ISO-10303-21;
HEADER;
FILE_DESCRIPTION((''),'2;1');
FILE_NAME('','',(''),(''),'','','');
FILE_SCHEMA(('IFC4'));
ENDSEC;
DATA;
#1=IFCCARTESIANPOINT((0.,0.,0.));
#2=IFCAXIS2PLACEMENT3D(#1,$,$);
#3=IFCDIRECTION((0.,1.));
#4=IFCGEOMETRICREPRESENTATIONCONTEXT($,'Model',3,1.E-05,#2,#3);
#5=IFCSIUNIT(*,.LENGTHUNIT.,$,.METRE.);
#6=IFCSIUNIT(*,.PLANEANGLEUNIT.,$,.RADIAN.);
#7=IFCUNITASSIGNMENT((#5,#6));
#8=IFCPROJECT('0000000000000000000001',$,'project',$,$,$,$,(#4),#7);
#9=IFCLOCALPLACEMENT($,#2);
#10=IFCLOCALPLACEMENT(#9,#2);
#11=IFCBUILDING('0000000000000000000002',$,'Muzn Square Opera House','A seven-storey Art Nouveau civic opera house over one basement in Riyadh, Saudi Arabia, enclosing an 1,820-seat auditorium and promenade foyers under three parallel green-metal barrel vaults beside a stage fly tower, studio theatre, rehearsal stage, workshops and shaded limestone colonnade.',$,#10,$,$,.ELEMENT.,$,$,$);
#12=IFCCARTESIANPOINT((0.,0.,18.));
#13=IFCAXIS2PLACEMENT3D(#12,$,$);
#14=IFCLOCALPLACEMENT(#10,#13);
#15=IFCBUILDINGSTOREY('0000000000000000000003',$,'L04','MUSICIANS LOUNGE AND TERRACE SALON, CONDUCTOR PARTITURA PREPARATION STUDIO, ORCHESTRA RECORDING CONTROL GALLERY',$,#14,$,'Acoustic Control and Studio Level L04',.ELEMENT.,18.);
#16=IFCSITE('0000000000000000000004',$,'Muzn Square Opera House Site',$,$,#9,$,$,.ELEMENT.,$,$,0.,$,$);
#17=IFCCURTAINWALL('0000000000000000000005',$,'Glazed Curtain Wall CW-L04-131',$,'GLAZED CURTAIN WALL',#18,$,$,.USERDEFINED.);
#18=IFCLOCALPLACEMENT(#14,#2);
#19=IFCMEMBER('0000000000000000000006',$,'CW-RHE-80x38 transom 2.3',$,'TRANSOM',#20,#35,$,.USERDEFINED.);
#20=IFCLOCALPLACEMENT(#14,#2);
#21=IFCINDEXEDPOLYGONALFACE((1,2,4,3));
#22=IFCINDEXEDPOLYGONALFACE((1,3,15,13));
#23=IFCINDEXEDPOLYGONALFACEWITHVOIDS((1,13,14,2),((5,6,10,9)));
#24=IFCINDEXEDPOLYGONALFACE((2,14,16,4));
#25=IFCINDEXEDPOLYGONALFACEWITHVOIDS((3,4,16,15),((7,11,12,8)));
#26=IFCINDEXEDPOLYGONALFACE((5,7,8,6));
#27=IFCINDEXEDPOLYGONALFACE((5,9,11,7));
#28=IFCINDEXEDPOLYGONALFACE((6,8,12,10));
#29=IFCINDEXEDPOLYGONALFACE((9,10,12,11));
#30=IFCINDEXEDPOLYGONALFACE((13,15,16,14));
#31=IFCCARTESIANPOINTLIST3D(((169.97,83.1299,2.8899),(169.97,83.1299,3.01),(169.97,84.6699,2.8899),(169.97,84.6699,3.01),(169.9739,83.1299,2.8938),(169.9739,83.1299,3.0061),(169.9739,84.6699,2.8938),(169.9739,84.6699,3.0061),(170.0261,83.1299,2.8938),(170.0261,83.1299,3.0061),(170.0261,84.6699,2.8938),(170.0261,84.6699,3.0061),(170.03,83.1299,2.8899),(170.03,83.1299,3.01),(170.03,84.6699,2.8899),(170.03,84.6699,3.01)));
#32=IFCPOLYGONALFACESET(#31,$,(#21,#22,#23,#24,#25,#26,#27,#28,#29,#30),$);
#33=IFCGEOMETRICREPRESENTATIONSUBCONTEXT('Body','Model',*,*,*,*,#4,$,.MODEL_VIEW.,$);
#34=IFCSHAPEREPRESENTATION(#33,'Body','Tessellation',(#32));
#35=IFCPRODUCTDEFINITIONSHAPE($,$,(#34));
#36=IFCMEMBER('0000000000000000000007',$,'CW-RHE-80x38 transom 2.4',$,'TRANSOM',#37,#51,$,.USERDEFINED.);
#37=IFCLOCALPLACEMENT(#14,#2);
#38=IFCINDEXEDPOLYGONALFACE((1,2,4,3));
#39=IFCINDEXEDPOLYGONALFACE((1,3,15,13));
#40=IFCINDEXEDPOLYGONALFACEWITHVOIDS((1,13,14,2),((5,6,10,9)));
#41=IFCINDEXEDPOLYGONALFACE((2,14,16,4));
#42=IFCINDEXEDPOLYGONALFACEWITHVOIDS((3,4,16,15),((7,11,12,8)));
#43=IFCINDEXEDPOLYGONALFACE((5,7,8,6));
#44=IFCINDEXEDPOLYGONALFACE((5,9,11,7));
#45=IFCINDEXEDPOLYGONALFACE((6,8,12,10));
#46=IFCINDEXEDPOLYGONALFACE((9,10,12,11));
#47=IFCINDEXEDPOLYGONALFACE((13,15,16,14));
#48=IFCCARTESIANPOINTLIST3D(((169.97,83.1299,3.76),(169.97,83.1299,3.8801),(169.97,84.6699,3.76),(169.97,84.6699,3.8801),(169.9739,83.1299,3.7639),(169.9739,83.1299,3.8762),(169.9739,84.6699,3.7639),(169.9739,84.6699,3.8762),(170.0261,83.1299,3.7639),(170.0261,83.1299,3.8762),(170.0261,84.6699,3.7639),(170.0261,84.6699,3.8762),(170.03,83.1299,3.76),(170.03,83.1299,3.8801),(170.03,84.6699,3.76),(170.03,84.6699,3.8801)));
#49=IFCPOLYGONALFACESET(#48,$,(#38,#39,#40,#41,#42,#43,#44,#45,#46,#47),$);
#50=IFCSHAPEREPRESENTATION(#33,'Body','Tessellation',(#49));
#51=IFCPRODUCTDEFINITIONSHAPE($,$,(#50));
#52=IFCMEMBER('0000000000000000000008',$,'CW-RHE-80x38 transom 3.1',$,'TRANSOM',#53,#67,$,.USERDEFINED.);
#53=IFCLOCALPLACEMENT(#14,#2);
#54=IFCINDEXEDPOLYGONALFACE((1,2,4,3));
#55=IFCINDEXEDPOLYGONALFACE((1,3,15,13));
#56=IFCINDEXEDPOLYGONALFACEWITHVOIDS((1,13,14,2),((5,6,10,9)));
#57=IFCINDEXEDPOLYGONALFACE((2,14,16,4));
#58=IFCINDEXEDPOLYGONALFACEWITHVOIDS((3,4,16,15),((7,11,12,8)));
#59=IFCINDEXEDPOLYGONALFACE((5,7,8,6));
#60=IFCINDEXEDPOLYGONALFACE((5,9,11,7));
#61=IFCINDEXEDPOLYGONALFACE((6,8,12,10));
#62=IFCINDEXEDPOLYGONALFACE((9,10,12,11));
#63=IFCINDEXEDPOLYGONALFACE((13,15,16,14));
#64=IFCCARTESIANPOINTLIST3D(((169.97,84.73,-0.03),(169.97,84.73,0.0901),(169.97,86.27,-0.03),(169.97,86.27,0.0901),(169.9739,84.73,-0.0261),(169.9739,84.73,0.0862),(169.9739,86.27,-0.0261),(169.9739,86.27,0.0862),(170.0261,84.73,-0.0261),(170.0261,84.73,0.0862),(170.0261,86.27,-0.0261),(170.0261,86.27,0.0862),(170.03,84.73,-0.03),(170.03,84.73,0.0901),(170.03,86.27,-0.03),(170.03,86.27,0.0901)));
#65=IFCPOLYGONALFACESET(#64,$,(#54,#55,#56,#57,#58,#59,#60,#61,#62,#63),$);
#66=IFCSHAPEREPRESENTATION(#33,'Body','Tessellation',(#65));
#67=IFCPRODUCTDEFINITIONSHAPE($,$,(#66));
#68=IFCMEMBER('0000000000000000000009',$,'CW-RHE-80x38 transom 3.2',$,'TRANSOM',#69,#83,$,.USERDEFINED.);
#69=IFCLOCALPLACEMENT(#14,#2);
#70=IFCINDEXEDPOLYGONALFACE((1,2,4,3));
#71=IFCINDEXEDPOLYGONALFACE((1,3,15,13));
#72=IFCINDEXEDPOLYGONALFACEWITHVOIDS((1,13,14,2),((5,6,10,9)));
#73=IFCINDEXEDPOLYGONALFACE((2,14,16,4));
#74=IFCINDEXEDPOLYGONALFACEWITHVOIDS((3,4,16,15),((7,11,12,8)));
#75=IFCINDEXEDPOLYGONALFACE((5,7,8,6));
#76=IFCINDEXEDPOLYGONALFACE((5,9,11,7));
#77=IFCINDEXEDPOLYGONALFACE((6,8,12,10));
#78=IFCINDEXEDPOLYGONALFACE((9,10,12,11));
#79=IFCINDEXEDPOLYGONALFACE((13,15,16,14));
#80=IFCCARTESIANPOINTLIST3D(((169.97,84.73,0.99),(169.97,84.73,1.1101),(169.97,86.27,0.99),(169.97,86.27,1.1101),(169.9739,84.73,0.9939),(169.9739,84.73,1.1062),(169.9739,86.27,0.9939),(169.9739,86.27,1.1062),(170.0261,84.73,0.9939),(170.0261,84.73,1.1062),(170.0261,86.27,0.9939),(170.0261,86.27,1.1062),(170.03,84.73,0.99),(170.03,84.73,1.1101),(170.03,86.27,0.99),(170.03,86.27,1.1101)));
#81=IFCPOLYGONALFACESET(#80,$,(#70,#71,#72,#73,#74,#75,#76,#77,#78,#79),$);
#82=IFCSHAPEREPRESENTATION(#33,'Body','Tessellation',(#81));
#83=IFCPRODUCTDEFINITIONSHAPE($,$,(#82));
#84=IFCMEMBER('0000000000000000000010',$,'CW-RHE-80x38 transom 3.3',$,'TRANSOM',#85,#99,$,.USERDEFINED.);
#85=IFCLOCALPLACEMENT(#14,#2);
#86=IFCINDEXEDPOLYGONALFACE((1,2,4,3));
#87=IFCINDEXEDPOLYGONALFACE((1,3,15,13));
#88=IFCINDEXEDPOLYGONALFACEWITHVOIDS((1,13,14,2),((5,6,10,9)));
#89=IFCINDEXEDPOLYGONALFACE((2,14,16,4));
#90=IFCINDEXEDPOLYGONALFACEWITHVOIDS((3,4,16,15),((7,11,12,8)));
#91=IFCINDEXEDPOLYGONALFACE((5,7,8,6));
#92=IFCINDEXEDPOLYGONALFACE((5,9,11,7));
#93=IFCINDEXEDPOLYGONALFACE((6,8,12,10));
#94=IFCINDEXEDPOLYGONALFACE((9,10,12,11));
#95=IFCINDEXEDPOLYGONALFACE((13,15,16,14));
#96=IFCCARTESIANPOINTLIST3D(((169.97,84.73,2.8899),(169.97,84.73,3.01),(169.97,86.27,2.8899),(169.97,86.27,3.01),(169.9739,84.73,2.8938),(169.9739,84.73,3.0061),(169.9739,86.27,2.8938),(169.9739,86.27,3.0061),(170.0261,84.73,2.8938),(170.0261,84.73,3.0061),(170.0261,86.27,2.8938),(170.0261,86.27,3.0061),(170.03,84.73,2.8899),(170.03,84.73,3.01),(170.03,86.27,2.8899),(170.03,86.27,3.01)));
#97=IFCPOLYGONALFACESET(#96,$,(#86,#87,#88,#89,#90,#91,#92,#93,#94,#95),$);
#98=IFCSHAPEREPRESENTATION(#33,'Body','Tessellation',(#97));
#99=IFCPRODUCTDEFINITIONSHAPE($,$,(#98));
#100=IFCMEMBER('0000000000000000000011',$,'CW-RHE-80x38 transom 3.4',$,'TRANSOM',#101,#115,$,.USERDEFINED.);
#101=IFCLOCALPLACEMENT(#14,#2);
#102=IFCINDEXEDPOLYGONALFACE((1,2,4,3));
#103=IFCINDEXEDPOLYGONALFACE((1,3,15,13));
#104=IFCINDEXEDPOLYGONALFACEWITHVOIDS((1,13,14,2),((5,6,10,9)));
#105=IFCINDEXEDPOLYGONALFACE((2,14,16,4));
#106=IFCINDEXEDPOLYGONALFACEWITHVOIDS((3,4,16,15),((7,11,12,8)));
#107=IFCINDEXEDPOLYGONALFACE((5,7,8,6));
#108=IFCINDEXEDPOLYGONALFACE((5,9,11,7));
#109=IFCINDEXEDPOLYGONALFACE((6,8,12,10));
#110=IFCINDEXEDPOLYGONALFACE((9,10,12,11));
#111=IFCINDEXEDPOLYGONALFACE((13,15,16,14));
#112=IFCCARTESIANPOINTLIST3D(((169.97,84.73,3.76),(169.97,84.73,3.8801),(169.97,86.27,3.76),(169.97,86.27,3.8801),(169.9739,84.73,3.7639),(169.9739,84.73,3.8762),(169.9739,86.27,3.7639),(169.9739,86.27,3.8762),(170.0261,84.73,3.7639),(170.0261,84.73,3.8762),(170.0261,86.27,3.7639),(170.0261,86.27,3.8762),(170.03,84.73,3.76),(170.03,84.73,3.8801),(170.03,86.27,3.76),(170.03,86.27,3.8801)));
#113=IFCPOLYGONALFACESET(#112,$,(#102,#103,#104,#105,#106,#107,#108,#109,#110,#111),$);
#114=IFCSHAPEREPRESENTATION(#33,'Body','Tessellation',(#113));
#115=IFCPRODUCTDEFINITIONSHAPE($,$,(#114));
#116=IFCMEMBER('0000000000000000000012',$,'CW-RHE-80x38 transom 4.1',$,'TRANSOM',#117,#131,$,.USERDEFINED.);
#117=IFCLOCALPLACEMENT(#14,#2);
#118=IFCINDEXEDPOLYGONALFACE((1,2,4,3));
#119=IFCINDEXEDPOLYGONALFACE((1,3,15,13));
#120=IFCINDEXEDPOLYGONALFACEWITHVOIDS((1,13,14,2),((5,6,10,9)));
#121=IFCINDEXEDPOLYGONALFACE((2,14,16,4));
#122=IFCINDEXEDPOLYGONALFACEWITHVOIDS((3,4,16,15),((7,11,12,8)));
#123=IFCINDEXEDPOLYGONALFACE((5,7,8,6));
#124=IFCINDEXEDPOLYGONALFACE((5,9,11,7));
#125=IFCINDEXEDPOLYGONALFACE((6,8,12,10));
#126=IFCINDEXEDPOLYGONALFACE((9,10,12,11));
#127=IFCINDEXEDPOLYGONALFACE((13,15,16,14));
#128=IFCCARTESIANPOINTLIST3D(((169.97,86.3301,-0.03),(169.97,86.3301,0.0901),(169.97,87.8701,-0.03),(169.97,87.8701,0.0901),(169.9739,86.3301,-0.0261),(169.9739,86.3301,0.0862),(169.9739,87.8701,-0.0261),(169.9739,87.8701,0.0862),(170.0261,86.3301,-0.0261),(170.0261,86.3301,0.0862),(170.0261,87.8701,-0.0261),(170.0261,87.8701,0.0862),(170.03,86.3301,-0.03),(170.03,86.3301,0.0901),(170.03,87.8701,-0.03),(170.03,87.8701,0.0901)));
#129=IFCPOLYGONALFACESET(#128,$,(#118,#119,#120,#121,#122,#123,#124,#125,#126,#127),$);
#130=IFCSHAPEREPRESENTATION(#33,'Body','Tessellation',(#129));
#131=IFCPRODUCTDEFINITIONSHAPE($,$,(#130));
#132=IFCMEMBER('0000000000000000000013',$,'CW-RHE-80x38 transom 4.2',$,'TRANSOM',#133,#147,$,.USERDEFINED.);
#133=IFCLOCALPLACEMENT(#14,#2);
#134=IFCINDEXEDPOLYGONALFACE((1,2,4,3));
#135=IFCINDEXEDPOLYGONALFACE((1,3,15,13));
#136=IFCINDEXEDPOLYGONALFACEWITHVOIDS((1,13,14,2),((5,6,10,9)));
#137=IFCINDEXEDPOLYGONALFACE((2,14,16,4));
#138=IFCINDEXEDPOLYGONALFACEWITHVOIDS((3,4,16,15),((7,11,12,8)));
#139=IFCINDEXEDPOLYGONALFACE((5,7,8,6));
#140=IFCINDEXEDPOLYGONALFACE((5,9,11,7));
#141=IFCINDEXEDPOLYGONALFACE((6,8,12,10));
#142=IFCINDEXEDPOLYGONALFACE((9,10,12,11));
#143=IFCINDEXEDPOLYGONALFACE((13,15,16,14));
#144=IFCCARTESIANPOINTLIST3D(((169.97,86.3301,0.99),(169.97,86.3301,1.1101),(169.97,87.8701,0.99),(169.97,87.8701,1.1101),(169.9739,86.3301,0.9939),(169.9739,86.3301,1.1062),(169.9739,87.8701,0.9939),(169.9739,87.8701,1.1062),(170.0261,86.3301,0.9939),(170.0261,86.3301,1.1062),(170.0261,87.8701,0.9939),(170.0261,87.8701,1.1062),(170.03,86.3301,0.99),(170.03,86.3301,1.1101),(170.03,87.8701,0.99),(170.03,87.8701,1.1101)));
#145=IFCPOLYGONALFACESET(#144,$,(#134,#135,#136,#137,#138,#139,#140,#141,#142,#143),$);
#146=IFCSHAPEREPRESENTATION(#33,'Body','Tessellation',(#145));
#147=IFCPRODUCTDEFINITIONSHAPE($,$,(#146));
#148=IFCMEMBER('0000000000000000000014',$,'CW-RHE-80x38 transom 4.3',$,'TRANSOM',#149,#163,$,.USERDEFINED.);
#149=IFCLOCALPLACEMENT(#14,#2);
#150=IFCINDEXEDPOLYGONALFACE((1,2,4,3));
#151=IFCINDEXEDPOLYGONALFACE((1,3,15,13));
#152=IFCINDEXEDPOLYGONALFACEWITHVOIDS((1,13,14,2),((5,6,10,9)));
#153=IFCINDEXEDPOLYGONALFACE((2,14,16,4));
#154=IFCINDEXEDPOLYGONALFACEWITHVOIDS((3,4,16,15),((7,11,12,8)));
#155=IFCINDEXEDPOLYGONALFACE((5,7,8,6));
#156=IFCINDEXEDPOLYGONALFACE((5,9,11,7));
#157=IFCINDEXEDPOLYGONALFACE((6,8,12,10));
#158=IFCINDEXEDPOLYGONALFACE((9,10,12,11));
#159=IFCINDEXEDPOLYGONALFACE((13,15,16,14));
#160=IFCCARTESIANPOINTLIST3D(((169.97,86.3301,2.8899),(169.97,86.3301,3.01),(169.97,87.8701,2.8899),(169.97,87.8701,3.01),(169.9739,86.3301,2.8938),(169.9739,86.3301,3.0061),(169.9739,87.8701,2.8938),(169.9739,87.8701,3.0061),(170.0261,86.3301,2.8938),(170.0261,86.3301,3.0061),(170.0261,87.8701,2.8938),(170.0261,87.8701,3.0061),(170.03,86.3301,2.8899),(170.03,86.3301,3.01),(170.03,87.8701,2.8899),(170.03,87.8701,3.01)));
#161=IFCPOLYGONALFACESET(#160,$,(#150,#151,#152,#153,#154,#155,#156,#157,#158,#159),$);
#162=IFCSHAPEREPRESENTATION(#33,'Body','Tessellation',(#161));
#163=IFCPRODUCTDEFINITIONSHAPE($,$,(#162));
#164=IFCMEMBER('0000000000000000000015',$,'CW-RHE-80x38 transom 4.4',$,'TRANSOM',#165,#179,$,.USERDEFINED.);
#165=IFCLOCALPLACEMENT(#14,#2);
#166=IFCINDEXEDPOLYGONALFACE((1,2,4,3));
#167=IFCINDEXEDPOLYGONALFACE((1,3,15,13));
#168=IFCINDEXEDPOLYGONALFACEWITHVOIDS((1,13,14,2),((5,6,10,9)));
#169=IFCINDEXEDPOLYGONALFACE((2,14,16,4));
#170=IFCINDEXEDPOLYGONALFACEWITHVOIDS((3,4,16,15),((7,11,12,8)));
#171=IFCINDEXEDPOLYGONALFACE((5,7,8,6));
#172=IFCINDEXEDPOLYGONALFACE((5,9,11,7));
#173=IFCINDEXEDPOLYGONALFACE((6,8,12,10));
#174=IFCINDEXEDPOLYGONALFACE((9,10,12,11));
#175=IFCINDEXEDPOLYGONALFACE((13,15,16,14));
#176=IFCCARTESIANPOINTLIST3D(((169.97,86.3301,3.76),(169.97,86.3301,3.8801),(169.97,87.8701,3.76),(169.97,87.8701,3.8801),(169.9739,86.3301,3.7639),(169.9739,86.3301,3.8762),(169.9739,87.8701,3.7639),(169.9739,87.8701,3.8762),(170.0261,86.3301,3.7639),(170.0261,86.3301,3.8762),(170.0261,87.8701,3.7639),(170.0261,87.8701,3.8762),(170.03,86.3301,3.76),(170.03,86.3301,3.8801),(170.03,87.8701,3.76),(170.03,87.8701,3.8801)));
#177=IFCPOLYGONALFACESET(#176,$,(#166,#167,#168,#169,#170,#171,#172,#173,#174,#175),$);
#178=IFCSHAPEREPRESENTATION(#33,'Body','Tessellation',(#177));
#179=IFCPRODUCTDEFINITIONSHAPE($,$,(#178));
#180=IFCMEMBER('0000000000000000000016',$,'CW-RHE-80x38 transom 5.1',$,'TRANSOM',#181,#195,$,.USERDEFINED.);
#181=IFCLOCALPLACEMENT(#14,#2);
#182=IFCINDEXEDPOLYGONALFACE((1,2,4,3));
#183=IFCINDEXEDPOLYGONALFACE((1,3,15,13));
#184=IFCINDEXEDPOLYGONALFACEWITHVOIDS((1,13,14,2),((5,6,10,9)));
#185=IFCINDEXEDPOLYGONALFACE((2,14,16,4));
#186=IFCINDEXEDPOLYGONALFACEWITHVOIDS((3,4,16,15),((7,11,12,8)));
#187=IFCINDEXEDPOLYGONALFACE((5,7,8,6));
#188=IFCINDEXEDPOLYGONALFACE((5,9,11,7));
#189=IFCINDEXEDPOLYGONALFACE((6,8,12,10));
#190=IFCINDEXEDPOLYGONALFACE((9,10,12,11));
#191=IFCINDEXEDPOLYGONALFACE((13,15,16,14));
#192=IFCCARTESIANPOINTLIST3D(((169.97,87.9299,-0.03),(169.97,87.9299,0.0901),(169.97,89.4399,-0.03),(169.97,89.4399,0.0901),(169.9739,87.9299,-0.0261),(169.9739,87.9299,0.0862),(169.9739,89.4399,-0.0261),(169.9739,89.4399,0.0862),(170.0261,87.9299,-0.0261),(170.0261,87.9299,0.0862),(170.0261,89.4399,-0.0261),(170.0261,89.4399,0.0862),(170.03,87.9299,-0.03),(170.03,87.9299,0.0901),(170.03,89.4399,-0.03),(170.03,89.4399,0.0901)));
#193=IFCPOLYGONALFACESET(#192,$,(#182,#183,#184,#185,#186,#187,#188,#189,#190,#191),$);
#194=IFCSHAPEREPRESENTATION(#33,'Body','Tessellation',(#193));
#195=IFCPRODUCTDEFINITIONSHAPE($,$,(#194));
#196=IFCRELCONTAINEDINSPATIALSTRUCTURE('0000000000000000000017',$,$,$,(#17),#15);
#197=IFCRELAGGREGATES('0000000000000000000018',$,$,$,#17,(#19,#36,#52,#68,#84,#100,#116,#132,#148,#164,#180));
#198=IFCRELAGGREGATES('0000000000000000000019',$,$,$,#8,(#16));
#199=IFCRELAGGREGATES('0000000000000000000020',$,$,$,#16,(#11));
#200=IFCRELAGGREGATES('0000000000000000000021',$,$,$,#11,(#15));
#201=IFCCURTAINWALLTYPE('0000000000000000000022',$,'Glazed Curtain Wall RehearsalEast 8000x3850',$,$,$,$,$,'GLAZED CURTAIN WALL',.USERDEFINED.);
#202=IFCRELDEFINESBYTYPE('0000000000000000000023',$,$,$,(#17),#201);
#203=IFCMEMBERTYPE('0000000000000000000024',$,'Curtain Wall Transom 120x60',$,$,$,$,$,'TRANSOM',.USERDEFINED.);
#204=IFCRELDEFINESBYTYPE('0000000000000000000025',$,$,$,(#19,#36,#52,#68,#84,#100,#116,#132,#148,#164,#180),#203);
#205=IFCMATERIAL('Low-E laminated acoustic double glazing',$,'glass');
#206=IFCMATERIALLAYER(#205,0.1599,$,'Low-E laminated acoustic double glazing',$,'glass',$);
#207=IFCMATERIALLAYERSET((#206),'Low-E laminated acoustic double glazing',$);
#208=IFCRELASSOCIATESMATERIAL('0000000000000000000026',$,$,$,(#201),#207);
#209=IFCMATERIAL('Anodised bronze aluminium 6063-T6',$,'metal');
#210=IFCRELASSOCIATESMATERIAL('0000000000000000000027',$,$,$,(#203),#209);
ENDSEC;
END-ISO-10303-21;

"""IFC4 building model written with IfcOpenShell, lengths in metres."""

from ifc_helpers import new_model, si_unit, direction, frame, origin, origin_2d, place, context, subcontext, project, spatial, hollow_rectangle, extrude, material, layer, layer_set, material_profile, profile_set, type_object, element, aggregate, save


model = new_model("IFC4")

# Units and contexts
model_context = context("Model", 3, precision=1e-05, world=origin(), true_north=direction((0.0, 1.0)))
body_context = subcontext(model_context, "Body", "Model", "MODEL_VIEW")
ifc_project = project(units=[si_unit("LENGTHUNIT", "METRE"), si_unit("PLANEANGLEUNIT", "RADIAN")], contexts=[model_context])

# Site, building, storey
site_placement = place(None, origin())
site = spatial("IfcSite", under=ifc_project, at=site_placement, Name="Muzn Square Opera House Site", CompositionType="ELEMENT", RefElevation=0.0)
building_placement = place(site_placement, origin())
building = spatial("IfcBuilding", under=site, at=building_placement, Name="Muzn Square Opera House", Description="A seven-storey Art Nouveau civic opera house over one basement in Riyadh, Saudi Arabia, enclosing an 1,820-seat auditorium and promenade foyers under three parallel green-metal barrel vaults beside a stage fly tower, studio theatre, rehearsal stage, workshops and shaded limestone colonnade.", CompositionType="ELEMENT")
storey_placement = place(building_placement, frame((0.0, 0.0, 18.0)))
storey = spatial("IfcBuildingStorey", under=building, at=storey_placement, Name="L04", Description="MUSICIANS LOUNGE AND TERRACE SALON, CONDUCTOR PARTITURA PREPARATION STUDIO, ORCHESTRA RECORDING CONTROL GALLERY", LongName="Acoustic Control and Studio Level L04", CompositionType="ELEMENT", Elevation=18.0)

# Curtain wall, members
ifc_material_1 = material(Name="Low-E laminated acoustic double glazing", Category="glass")
ifc_layer_1 = layer(ifc_material_1, 0.1599, Name="Low-E laminated acoustic double glazing", Category="glass")
ifc_layer_set_1 = layer_set([ifc_layer_1], Name="Low-E laminated acoustic double glazing")
curtain_wall_type = type_object("IfcCurtainWallType", Name="Glazed Curtain Wall RehearsalEast 8000x3850", ElementType="GLAZED CURTAIN WALL", PredefinedType="USERDEFINED", material=ifc_layer_set_1)
curtain_wall_placement = place(storey_placement, origin())
curtain_wall = element("IfcCurtainWall", 1, at=curtain_wall_placement, inside=storey, type_object=curtain_wall_type, Name="Glazed Curtain Wall CW-L04-131", ObjectType="GLAZED CURTAIN WALL", PredefinedType="USERDEFINED")
ifc_material_2 = material(Name="Anodised bronze aluminium 6063-T6", Category="metal")
ifc_material_profile_1 = material_profile(ifc_material_2, hollow_rectangle(XDim=0.0601, YDim=0.1201, WallThickness=0.0039, at=origin_2d()), Name="ALU 120x60x4", Category="metal")
ifc_profile_set_1 = profile_set([ifc_material_profile_1], Name="Anodised bronze aluminium 6063-T6")
member_type_1 = type_object("IfcMemberType", Name="Curtain Wall Transom 120x60", ElementType="TRANSOM", PredefinedType="USERDEFINED", material=ifc_profile_set_1)
member_1_placement = place(storey_placement, frame((170.0, 83.1299, 2.95), z_axis=(0.0, 1.0, 0.0), x_axis=(-1.0, 0.0, 0.0)))
member_1 = element("IfcMember", 2, at=member_1_placement, type_object=member_type_1, Name="CW-RHE-80x38 transom 2.3", ObjectType="TRANSOM", PredefinedType="USERDEFINED", context=body_context, shape_type="SweptSolid", body=[
    extrude(hollow_rectangle(XDim=0.0601, YDim=0.1201, WallThickness=0.0039, at=origin_2d()), origin(), (0.0, 0.0, 1.0), 1.54),
])
member_2_placement = place(storey_placement, frame((170.0, 83.1299, 3.8201), z_axis=(0.0, 1.0, 0.0), x_axis=(-1.0, 0.0, 0.0)))
member_2 = element("IfcMember", 3, at=member_2_placement, type_object=member_type_1, Name="CW-RHE-80x38 transom 2.4", ObjectType="TRANSOM", PredefinedType="USERDEFINED", context=body_context, shape_type="SweptSolid", body=[
    extrude(hollow_rectangle(XDim=0.0601, YDim=0.1201, WallThickness=0.0039, at=origin_2d()), origin(), (0.0, 0.0, 1.0), 1.54),
])
member_3_placement = place(storey_placement, frame((170.0, 84.73, 0.03), z_axis=(0.0, 1.0, 0.0), x_axis=(-1.0, 0.0, 0.0)))
member_3 = element("IfcMember", 4, at=member_3_placement, type_object=member_type_1, Name="CW-RHE-80x38 transom 3.1", ObjectType="TRANSOM", PredefinedType="USERDEFINED", context=body_context, shape_type="SweptSolid", body=[
    extrude(hollow_rectangle(XDim=0.0601, YDim=0.1201, WallThickness=0.0039, at=origin_2d()), origin(), (0.0, 0.0, 1.0), 1.54),
])
member_4_placement = place(storey_placement, frame((170.0, 84.73, 1.05), z_axis=(0.0, 1.0, 0.0), x_axis=(-1.0, 0.0, 0.0)))
member_4 = element("IfcMember", 5, at=member_4_placement, type_object=member_type_1, Name="CW-RHE-80x38 transom 3.2", ObjectType="TRANSOM", PredefinedType="USERDEFINED", context=body_context, shape_type="SweptSolid", body=[
    extrude(hollow_rectangle(XDim=0.0601, YDim=0.1201, WallThickness=0.0039, at=origin_2d()), origin(), (0.0, 0.0, 1.0), 1.54),
])
member_5_placement = place(storey_placement, frame((170.0, 84.73, 2.95), z_axis=(0.0, 1.0, 0.0), x_axis=(-1.0, 0.0, 0.0)))
member_5 = element("IfcMember", 6, at=member_5_placement, type_object=member_type_1, Name="CW-RHE-80x38 transom 3.3", ObjectType="TRANSOM", PredefinedType="USERDEFINED", context=body_context, shape_type="SweptSolid", body=[
    extrude(hollow_rectangle(XDim=0.0601, YDim=0.1201, WallThickness=0.0039, at=origin_2d()), origin(), (0.0, 0.0, 1.0), 1.54),
])
member_6_placement = place(storey_placement, frame((170.0, 84.73, 3.8201), z_axis=(0.0, 1.0, 0.0), x_axis=(-1.0, 0.0, 0.0)))
member_6 = element("IfcMember", 7, at=member_6_placement, type_object=member_type_1, Name="CW-RHE-80x38 transom 3.4", ObjectType="TRANSOM", PredefinedType="USERDEFINED", context=body_context, shape_type="SweptSolid", body=[
    extrude(hollow_rectangle(XDim=0.0601, YDim=0.1201, WallThickness=0.0039, at=origin_2d()), origin(), (0.0, 0.0, 1.0), 1.54),
])
member_7_placement = place(storey_placement, frame((170.0, 86.3301, 0.03), z_axis=(0.0, 1.0, 0.0), x_axis=(-1.0, 0.0, 0.0)))
member_7 = element("IfcMember", 8, at=member_7_placement, type_object=member_type_1, Name="CW-RHE-80x38 transom 4.1", ObjectType="TRANSOM", PredefinedType="USERDEFINED", context=body_context, shape_type="SweptSolid", body=[
    extrude(hollow_rectangle(XDim=0.0601, YDim=0.1201, WallThickness=0.0039, at=origin_2d()), origin(), (0.0, 0.0, 1.0), 1.54),
])
member_8_placement = place(storey_placement, frame((170.0, 86.3301, 1.05), z_axis=(0.0, 1.0, 0.0), x_axis=(-1.0, 0.0, 0.0)))
member_8 = element("IfcMember", 9, at=member_8_placement, type_object=member_type_1, Name="CW-RHE-80x38 transom 4.2", ObjectType="TRANSOM", PredefinedType="USERDEFINED", context=body_context, shape_type="SweptSolid", body=[
    extrude(hollow_rectangle(XDim=0.0601, YDim=0.1201, WallThickness=0.0039, at=origin_2d()), origin(), (0.0, 0.0, 1.0), 1.54),
])
member_9_placement = place(storey_placement, frame((170.0, 86.3301, 2.95), z_axis=(0.0, 1.0, 0.0), x_axis=(-1.0, 0.0, 0.0)))
member_9 = element("IfcMember", 10, at=member_9_placement, type_object=member_type_1, Name="CW-RHE-80x38 transom 4.3", ObjectType="TRANSOM", PredefinedType="USERDEFINED", context=body_context, shape_type="SweptSolid", body=[
    extrude(hollow_rectangle(XDim=0.0601, YDim=0.1201, WallThickness=0.0039, at=origin_2d()), origin(), (0.0, 0.0, 1.0), 1.54),
])
member_10_placement = place(storey_placement, frame((170.0, 86.3301, 3.8201), z_axis=(0.0, 1.0, 0.0), x_axis=(-1.0, 0.0, 0.0)))
member_10 = element("IfcMember", 11, at=member_10_placement, type_object=member_type_1, Name="CW-RHE-80x38 transom 4.4", ObjectType="TRANSOM", PredefinedType="USERDEFINED", context=body_context, shape_type="SweptSolid", body=[
    extrude(hollow_rectangle(XDim=0.0601, YDim=0.1201, WallThickness=0.0039, at=origin_2d()), origin(), (0.0, 0.0, 1.0), 1.54),
])
member_11_placement = place(storey_placement, frame((170.0, 87.9299, 0.03), z_axis=(0.0, 1.0, 0.0), x_axis=(-1.0, 0.0, 0.0)))
member_11 = element("IfcMember", 12, at=member_11_placement, type_object=member_type_1, Name="CW-RHE-80x38 transom 5.1", ObjectType="TRANSOM", PredefinedType="USERDEFINED", context=body_context, shape_type="SweptSolid", body=[
    extrude(hollow_rectangle(XDim=0.0601, YDim=0.1201, WallThickness=0.0039, at=origin_2d()), origin(), (0.0, 0.0, 1.0), 1.51),
])
aggregate(curtain_wall, [member_1, member_2, member_3, member_4, member_5, member_6, member_7, member_8, member_9, member_10, member_11])

save(model, "model.ifc")
